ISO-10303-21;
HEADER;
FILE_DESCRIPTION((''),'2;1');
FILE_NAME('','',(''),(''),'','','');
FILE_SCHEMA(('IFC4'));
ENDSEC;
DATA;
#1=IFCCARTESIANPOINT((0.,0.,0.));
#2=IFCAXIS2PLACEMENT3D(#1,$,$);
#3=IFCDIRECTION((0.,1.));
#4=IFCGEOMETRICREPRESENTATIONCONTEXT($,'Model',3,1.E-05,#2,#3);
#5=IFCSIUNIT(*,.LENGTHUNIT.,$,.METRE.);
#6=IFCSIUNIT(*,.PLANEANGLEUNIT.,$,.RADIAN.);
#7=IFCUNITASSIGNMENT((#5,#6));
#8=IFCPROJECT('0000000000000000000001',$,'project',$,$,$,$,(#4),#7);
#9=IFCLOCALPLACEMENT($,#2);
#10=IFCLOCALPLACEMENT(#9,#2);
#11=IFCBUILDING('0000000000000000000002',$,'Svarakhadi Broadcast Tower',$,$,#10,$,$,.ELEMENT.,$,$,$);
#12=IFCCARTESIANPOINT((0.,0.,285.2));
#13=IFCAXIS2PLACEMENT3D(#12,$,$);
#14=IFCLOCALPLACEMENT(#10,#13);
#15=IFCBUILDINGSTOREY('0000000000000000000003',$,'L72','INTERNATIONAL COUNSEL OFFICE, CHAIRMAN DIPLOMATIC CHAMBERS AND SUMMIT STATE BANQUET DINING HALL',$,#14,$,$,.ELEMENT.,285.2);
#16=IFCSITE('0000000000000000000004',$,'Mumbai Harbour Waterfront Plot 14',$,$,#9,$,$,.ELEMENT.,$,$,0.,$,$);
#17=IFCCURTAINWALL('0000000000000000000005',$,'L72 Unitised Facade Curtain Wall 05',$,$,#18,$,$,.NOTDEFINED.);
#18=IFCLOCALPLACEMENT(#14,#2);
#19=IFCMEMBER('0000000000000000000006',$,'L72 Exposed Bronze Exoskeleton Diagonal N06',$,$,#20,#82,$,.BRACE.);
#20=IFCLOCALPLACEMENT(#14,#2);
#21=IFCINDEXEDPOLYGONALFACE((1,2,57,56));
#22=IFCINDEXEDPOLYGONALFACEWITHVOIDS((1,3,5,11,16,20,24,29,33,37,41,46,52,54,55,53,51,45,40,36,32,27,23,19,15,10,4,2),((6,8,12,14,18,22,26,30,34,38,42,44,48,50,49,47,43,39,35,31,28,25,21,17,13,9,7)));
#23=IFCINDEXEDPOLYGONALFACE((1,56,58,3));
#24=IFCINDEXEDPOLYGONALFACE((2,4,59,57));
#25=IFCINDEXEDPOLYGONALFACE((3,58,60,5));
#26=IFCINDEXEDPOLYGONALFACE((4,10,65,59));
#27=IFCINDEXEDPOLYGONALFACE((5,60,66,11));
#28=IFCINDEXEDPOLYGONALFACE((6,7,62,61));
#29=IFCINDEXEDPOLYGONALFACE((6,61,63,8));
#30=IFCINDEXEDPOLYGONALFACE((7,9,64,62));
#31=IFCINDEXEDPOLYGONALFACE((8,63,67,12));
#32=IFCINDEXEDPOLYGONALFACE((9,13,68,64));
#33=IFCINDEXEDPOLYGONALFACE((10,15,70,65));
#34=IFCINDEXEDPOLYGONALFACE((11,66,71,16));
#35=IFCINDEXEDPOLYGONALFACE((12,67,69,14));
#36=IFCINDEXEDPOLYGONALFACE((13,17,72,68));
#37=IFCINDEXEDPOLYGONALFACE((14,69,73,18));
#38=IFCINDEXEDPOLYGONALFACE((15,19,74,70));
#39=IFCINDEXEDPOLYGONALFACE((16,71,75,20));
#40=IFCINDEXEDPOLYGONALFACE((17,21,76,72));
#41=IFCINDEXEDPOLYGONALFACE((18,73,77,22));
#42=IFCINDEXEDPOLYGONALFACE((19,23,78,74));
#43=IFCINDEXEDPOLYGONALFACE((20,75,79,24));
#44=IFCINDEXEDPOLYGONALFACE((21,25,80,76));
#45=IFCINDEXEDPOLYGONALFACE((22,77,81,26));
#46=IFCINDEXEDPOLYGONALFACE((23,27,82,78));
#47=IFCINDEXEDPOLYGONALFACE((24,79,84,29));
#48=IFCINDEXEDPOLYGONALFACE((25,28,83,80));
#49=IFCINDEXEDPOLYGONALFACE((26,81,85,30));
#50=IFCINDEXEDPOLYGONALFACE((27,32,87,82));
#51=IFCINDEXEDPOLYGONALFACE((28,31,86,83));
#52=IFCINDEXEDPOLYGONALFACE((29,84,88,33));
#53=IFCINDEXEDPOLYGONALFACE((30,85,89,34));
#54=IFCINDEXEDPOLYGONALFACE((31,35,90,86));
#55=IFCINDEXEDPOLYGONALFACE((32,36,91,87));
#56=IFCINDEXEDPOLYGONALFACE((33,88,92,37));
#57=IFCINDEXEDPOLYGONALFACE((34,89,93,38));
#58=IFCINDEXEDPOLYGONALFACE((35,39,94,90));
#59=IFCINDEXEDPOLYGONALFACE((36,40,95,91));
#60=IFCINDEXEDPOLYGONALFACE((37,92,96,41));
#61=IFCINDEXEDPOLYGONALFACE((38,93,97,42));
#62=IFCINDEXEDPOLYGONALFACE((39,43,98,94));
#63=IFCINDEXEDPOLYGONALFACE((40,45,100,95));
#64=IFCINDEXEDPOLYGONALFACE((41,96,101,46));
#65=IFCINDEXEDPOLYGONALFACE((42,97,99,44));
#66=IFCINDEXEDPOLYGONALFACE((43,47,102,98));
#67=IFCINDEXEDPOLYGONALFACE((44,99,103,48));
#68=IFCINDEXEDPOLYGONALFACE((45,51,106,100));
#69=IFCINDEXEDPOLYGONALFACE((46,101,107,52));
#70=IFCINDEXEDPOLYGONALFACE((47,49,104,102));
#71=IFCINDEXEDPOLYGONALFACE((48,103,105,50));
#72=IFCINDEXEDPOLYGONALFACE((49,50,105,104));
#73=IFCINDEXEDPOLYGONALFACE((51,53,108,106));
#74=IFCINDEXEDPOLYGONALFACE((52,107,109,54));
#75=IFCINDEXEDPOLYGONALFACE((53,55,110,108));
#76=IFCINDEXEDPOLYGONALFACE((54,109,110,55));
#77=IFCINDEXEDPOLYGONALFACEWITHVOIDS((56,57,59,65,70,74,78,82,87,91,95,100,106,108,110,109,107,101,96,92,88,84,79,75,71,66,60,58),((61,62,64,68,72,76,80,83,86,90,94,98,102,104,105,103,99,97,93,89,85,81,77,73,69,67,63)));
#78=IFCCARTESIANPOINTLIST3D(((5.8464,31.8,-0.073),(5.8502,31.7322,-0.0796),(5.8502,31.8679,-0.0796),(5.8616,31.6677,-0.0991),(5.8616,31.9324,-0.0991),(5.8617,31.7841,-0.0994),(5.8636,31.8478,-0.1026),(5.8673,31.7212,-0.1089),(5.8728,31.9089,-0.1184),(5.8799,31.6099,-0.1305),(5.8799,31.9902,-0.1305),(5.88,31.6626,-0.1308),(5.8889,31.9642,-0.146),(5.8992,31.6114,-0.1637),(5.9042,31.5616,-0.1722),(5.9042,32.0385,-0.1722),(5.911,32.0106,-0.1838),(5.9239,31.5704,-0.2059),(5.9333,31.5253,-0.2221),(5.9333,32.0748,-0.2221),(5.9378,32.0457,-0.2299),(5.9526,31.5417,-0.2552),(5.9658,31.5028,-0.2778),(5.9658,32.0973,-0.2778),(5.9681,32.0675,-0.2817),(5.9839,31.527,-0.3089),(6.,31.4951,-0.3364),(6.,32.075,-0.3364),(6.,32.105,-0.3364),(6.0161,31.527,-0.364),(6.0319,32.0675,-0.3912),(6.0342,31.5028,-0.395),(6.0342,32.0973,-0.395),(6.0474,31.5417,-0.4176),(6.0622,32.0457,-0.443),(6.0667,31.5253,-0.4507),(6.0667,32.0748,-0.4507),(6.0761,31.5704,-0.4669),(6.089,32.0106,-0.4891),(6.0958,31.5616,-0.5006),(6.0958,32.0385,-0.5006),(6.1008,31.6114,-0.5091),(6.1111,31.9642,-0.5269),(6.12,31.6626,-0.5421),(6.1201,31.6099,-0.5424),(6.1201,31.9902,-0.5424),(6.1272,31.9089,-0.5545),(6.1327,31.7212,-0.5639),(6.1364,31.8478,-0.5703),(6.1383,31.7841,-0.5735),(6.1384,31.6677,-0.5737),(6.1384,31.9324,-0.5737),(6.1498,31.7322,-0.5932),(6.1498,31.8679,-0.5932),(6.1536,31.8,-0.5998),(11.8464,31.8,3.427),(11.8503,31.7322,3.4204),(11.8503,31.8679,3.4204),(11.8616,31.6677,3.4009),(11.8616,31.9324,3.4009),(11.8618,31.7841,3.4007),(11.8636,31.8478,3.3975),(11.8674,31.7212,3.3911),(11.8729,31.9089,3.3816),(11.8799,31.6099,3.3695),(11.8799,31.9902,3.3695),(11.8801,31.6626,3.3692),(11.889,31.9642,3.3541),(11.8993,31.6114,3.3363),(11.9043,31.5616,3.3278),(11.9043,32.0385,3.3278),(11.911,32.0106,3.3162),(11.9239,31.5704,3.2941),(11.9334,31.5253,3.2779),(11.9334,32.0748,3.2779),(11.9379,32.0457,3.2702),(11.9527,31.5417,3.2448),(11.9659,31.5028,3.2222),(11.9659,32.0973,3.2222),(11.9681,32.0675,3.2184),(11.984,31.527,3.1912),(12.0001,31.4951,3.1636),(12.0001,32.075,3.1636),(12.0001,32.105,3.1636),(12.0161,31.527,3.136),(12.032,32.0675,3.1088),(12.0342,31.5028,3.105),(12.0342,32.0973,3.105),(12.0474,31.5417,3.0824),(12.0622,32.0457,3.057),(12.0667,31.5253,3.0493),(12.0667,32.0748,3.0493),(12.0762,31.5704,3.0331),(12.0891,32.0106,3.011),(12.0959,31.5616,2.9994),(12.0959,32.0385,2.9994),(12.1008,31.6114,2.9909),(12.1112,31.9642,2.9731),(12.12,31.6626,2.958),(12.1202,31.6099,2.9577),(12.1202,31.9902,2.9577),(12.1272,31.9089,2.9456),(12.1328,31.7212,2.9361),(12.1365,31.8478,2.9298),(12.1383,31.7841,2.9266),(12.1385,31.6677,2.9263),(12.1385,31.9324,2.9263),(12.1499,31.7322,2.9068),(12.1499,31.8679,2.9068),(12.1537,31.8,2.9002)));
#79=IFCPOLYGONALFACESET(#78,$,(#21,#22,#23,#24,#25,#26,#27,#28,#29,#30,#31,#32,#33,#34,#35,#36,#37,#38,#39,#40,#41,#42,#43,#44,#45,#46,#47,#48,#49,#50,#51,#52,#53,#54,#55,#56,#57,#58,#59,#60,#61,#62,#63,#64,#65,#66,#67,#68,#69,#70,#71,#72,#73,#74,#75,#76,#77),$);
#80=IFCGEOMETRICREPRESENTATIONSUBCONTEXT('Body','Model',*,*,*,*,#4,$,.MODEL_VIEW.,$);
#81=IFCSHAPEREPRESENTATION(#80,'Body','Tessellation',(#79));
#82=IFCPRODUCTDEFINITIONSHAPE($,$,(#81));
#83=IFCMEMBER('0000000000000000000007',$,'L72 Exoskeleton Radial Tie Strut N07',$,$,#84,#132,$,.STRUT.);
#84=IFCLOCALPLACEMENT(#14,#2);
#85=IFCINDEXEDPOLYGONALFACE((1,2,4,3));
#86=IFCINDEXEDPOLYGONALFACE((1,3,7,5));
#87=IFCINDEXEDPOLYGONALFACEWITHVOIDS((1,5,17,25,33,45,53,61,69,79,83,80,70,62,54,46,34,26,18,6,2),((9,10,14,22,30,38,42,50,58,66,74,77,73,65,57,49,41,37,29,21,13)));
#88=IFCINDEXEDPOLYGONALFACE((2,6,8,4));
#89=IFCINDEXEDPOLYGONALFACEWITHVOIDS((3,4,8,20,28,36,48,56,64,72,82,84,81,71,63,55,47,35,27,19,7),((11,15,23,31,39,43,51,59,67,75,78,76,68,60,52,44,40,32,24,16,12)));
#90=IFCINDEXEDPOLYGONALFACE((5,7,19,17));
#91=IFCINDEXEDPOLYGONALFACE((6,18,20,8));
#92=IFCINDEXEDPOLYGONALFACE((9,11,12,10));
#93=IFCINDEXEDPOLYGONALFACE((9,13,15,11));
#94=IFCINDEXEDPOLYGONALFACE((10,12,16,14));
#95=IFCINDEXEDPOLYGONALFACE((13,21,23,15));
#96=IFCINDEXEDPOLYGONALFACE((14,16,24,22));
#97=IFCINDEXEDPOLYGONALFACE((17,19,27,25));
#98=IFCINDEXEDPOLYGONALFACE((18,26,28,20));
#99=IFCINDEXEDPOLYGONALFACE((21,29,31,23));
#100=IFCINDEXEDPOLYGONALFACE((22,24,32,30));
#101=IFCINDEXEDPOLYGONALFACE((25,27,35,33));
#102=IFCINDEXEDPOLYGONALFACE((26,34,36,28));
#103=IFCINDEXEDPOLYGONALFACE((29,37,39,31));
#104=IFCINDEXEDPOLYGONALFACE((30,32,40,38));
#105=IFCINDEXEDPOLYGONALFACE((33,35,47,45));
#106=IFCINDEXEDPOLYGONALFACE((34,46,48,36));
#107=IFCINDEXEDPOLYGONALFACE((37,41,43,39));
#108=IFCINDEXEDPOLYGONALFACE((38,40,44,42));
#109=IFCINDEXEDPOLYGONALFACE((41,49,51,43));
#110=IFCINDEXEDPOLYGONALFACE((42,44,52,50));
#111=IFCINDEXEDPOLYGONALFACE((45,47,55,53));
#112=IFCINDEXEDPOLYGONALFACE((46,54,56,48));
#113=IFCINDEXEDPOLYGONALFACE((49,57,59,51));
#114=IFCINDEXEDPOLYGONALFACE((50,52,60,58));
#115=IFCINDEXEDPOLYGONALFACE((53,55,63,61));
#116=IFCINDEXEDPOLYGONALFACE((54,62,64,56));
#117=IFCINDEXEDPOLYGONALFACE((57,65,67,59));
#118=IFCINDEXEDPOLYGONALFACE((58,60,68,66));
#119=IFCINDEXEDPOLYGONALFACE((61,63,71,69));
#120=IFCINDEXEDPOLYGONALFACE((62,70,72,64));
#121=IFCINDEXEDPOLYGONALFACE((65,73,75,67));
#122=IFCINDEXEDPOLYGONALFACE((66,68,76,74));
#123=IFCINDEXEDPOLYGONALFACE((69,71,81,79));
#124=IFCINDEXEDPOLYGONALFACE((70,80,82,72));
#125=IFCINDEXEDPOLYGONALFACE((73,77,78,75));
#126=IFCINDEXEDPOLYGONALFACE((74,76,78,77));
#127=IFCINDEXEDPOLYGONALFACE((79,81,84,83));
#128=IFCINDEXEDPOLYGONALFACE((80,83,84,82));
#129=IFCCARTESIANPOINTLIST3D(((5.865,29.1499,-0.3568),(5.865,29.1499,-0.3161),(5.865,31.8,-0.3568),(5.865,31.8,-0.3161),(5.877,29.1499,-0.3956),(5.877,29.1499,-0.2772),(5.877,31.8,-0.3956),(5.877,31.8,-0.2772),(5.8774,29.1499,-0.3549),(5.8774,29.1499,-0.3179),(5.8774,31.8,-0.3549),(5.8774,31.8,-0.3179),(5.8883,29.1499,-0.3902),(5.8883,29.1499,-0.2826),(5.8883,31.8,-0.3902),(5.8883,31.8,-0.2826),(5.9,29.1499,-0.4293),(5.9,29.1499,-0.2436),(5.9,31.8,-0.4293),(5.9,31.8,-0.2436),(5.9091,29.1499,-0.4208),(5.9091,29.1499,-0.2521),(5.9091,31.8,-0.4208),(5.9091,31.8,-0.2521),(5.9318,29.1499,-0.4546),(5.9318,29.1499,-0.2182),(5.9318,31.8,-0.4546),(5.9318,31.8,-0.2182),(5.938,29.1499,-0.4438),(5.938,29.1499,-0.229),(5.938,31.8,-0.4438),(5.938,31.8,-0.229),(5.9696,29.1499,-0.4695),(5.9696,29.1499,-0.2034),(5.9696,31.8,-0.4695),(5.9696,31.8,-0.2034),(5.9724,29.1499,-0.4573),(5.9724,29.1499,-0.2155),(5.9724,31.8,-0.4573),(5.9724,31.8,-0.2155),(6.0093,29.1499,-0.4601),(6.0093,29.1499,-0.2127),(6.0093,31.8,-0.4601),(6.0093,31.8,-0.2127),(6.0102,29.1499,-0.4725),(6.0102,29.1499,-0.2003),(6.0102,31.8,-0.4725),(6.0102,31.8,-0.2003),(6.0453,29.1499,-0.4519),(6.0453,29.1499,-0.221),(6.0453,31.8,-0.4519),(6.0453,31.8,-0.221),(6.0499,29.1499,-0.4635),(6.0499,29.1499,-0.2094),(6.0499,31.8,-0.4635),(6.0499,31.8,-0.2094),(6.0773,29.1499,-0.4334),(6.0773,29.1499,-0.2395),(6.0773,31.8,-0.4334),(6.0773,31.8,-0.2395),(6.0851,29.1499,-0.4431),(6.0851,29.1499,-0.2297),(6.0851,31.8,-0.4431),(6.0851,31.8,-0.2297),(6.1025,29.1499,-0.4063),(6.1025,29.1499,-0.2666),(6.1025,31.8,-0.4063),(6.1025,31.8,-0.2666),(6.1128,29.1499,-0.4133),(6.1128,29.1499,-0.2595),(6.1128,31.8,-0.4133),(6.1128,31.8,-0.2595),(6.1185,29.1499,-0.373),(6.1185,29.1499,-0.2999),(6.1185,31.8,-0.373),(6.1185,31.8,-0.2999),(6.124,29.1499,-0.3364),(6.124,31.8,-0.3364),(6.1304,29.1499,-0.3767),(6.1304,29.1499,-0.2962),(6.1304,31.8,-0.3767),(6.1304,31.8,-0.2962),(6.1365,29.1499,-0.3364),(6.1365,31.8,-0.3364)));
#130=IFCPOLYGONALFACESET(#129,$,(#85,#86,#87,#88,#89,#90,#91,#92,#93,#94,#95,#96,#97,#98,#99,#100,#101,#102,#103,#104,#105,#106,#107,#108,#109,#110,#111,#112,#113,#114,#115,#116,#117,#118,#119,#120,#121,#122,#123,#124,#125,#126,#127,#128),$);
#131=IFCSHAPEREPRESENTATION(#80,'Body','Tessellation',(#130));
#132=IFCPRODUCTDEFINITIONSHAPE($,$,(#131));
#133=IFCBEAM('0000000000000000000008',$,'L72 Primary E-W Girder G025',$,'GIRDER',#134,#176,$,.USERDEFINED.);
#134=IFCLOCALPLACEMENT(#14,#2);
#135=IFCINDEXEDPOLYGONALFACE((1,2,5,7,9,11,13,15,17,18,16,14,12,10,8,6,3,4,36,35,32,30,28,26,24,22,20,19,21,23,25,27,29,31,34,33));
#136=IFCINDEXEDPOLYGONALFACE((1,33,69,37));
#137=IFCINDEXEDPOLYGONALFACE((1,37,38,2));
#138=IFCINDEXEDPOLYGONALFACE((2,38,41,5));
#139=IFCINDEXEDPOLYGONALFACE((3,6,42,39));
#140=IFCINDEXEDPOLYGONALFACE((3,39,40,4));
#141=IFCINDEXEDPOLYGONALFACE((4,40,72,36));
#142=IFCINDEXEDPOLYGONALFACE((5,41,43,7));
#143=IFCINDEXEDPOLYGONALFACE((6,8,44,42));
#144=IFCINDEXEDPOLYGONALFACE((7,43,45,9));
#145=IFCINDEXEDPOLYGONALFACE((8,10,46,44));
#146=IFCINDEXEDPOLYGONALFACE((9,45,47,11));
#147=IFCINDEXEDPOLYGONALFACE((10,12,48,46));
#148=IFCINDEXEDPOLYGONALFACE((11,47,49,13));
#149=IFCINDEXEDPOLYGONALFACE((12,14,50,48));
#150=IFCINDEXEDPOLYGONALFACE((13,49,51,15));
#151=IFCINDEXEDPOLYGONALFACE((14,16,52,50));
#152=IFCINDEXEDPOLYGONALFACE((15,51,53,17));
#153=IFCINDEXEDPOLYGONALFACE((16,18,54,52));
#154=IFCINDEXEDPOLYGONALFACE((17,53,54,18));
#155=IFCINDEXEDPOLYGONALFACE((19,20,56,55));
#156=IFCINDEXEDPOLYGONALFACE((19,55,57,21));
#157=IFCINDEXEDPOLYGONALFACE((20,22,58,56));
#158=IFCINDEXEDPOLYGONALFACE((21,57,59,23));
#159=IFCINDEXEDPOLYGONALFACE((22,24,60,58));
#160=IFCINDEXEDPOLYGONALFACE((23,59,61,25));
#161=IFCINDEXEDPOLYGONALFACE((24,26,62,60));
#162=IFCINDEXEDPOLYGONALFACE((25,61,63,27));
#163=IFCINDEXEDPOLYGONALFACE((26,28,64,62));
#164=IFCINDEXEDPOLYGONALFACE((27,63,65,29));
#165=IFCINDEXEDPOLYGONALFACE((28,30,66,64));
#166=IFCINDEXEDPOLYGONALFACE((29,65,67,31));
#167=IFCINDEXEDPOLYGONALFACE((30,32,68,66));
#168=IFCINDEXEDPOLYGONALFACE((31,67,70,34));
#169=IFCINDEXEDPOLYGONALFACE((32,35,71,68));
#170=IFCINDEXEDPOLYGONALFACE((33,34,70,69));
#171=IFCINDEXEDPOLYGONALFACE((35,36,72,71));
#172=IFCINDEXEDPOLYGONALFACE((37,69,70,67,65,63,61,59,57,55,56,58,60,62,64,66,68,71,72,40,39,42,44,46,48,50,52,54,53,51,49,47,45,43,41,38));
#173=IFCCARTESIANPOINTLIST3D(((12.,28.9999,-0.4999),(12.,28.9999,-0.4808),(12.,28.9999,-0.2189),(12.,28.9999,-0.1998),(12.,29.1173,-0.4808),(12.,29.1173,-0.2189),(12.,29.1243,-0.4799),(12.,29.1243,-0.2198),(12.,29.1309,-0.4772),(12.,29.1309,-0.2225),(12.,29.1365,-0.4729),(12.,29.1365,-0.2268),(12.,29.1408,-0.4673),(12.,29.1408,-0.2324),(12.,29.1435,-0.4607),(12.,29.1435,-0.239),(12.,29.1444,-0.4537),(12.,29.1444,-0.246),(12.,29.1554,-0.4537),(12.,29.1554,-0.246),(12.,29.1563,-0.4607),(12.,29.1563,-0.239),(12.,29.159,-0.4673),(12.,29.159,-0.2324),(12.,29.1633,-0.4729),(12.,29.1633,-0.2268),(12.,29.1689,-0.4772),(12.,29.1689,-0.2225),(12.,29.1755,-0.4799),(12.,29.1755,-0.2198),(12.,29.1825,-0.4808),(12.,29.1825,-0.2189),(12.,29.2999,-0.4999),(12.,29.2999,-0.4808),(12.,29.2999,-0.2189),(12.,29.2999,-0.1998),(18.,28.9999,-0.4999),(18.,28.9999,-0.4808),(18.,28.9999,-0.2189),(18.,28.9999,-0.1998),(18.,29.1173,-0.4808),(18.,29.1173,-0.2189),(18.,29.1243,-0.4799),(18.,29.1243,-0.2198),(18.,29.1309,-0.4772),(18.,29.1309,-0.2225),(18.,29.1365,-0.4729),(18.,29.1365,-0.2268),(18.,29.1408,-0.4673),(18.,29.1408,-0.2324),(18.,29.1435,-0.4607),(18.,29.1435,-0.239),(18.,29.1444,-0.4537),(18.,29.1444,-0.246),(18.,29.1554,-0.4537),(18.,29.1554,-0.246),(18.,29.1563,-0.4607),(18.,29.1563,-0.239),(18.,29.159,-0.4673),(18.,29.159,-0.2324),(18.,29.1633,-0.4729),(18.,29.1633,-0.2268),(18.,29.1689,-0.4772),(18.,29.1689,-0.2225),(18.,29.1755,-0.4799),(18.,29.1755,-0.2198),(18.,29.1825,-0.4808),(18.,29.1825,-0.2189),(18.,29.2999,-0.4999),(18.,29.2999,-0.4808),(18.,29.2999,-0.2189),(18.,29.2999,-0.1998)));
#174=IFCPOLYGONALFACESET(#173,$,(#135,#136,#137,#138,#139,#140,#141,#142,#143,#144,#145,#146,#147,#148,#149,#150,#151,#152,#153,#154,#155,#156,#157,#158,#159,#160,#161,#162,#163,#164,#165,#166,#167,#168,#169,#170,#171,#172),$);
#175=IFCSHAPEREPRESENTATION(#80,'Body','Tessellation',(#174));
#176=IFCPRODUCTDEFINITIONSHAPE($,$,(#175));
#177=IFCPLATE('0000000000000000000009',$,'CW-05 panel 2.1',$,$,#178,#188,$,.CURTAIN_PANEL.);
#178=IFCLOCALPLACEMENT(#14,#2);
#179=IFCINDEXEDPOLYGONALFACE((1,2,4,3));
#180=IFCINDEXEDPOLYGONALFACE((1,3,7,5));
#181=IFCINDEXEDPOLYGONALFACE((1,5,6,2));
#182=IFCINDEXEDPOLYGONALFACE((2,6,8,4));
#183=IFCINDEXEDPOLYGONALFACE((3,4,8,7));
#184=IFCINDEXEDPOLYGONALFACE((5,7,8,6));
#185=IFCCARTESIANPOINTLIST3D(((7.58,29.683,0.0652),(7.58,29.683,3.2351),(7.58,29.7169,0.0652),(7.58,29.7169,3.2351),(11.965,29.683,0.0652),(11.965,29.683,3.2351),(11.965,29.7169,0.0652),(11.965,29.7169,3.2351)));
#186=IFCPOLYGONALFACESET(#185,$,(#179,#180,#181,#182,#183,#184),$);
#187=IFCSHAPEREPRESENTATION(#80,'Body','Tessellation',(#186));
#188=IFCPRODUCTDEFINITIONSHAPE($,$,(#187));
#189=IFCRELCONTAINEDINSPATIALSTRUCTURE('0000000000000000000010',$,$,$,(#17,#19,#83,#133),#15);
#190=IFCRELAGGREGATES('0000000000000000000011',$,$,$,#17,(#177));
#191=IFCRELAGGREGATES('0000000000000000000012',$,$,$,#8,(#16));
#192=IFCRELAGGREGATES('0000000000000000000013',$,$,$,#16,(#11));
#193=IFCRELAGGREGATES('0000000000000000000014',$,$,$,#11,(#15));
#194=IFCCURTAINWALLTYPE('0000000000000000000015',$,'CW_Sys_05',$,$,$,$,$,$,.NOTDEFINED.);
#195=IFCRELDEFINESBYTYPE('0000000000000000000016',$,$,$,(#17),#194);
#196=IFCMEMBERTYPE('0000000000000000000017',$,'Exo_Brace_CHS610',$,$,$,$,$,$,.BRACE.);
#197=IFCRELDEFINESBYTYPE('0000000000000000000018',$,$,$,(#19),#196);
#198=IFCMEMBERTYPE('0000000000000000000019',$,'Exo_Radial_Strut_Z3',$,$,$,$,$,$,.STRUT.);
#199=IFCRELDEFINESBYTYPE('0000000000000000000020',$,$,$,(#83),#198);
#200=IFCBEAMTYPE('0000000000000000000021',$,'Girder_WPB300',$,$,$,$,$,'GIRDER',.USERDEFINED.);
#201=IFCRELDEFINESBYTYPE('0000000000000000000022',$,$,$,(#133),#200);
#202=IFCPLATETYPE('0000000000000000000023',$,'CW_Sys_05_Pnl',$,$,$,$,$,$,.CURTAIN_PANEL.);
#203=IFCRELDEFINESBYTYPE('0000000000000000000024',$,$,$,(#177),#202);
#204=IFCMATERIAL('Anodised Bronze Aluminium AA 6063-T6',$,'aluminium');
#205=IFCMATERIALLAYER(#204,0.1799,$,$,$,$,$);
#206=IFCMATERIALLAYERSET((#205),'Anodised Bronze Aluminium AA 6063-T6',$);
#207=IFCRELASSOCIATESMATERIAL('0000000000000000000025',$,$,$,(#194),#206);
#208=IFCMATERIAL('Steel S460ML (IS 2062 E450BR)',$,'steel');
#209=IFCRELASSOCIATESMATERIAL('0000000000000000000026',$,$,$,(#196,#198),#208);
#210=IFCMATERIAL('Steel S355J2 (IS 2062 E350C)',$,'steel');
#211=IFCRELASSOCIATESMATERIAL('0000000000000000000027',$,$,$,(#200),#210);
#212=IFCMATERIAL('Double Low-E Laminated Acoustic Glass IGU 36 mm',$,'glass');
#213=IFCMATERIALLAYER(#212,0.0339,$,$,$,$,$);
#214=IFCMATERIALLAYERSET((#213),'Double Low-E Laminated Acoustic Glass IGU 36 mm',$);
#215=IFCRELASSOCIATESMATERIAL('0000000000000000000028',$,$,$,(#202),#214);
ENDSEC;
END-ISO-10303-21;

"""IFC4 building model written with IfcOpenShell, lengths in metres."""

from ifc_helpers import new_model, si_unit, direction, frame, origin, origin_2d, place, context, subcontext, project, spatial, rectangle, hollow_circle, i_section, extrude, material, layer, layer_set, material_profile, profile_set, type_object, element, aggregate, save


model = new_model("IFC4")

# Units and contexts
model_context = context("Model", 3, precision=1e-05, world=origin(), true_north=direction((0.0, 1.0)))
body_context = subcontext(model_context, "Body", "Model", "MODEL_VIEW")
ifc_project = project(units=[si_unit("LENGTHUNIT", "METRE"), si_unit("PLANEANGLEUNIT", "RADIAN")], contexts=[model_context])

# Site, building, storey
site_placement = place(None, origin())
site = spatial("IfcSite", under=ifc_project, at=site_placement, Name="Mumbai Harbour Waterfront Plot 14", CompositionType="ELEMENT", RefElevation=0.0)
building_placement = place(site_placement, origin())
building = spatial("IfcBuilding", under=site, at=building_placement, Name="Svarakhadi Broadcast Tower", CompositionType="ELEMENT")
storey_placement = place(building_placement, frame((0.0, 0.0, 285.2)))
storey = spatial("IfcBuildingStorey", under=building, at=storey_placement, Name="L72", Description="INTERNATIONAL COUNSEL OFFICE, CHAIRMAN DIPLOMATIC CHAMBERS AND SUMMIT STATE BANQUET DINING HALL", CompositionType="ELEMENT", Elevation=285.2)

# Shared definitions
ifc_material_1 = material(Name="Steel S460ML (IS 2062 E450BR)", Category="steel")

# Curtain wall
ifc_material_2 = material(Name="Anodised Bronze Aluminium AA 6063-T6", Category="aluminium")
ifc_layer_1 = layer(ifc_material_2, 0.1799)
ifc_layer_set_1 = layer_set([ifc_layer_1], Name="Anodised Bronze Aluminium AA 6063-T6")
curtain_wall_type = type_object("IfcCurtainWallType", Name="CW_Sys_05", PredefinedType="NOTDEFINED", material=ifc_layer_set_1)
curtain_wall_placement = place(storey_placement, origin())
curtain_wall = element("IfcCurtainWall", 1, at=curtain_wall_placement, inside=storey, type_object=curtain_wall_type, Name="L72 Unitised Facade Curtain Wall 05", PredefinedType="NOTDEFINED")

# Members
ifc_material_profile_1 = material_profile(ifc_material_1, hollow_circle(Radius=0.3049, WallThickness=0.03, at=origin_2d()), Name="CHS 610x30")
ifc_profile_set_1 = profile_set([ifc_material_profile_1], Name="Steel S460ML (IS 2062 E450BR)")
member_type_1 = type_object("IfcMemberType", Name="Exo_Brace_CHS610", PredefinedType="BRACE", material=ifc_profile_set_1)
member_1_placement = place(storey_placement, frame((6.0, 31.8, -0.3364), z_axis=(0.863779, 0.0, 0.503871), x_axis=(0.0, 1.0, 0.0)))
element("IfcMember", 2, at=member_1_placement, inside=storey, type_object=member_type_1, Name="L72 Exposed Bronze Exoskeleton Diagonal N06", PredefinedType="BRACE", context=body_context, shape_type="SweptSolid", body=[
    extrude(hollow_circle(Radius=0.3049, WallThickness=0.03, at=origin_2d()), origin(), (0.0, 0.0, 1.0), 6.9463),
])
ifc_material_profile_2 = material_profile(ifc_material_1, hollow_circle(Radius=0.1365, WallThickness=0.0125, at=origin_2d()), Name="CHS 273x12.5")
ifc_profile_set_2 = profile_set([ifc_material_profile_2], Name="Steel S460ML (IS 2062 E450BR)")
member_type_2 = type_object("IfcMemberType", Name="Exo_Radial_Strut_Z3", PredefinedType="STRUT", material=ifc_profile_set_2)
member_2_placement = place(storey_placement, frame((6.0, 31.8, -0.3364), z_axis=(0.0, -1.0, 0.0), x_axis=(1.0, 0.0, 0.0)))
element("IfcMember", 3, at=member_2_placement, inside=storey, type_object=member_type_2, Name="L72 Exoskeleton Radial Tie Strut N07", PredefinedType="STRUT", context=body_context, shape_type="SweptSolid", body=[
    extrude(hollow_circle(Radius=0.1365, WallThickness=0.0125, at=origin_2d()), origin(), (0.0, 0.0, 1.0), 2.6501),
])

# Beam
ifc_material_3 = material(Name="Steel S355J2 (IS 2062 E350C)", Category="steel")
ifc_material_profile_3 = material_profile(ifc_material_3, i_section(OverallWidth=0.3, OverallDepth=0.3, WebThickness=0.011, FlangeThickness=0.019, FilletRadius=0.0271, at=origin_2d()), Name="WPB 300x300x117")
ifc_profile_set_3 = profile_set([ifc_material_profile_3], Name="Steel S355J2 (IS 2062 E350C)")
beam_type = type_object("IfcBeamType", Name="Girder_WPB300", ElementType="GIRDER", PredefinedType="USERDEFINED", material=ifc_profile_set_3)
beam_placement = place(storey_placement, frame((12.0, 29.1499, -0.3499), z_axis=(1.0, 0.0, 0.0), x_axis=(0.0, 1.0, 0.0)))
element("IfcBeam", 4, at=beam_placement, inside=storey, type_object=beam_type, Name="L72 Primary E-W Girder G025", ObjectType="GIRDER", PredefinedType="USERDEFINED", context=body_context, shape_type="SweptSolid", body=[
    extrude(i_section(OverallWidth=0.3, OverallDepth=0.3, WebThickness=0.011, FlangeThickness=0.019, FilletRadius=0.0271, at=origin_2d()), origin(), (0.0, 0.0, 1.0), 6.0),
])

# Plate
ifc_material_4 = material(Name="Double Low-E Laminated Acoustic Glass IGU 36 mm", Category="glass")
ifc_layer_2 = layer(ifc_material_4, 0.0339)
ifc_layer_set_2 = layer_set([ifc_layer_2], Name="Double Low-E Laminated Acoustic Glass IGU 36 mm")
plate_type_1 = type_object("IfcPlateType", Name="CW_Sys_05_Pnl", PredefinedType="CURTAIN_PANEL", material=ifc_layer_set_2)
plate_1_placement = place(storey_placement, frame((9.7725, 29.7, 0.0652), z_axis=(0.0, 0.0, 1.0), x_axis=(1.0, 0.0, 0.0)))
plate_1 = element("IfcPlate", 5, at=plate_1_placement, type_object=plate_type_1, Name="CW-05 panel 2.1", PredefinedType="CURTAIN_PANEL", context=body_context, shape_type="SweptSolid", body=[
    extrude(rectangle(XDim=4.385, YDim=0.0339, at=origin_2d()), origin(), (0.0, 0.0, 1.0), 3.1699),
])
aggregate(curtain_wall, [plate_1])

save(model, "model.ifc")
